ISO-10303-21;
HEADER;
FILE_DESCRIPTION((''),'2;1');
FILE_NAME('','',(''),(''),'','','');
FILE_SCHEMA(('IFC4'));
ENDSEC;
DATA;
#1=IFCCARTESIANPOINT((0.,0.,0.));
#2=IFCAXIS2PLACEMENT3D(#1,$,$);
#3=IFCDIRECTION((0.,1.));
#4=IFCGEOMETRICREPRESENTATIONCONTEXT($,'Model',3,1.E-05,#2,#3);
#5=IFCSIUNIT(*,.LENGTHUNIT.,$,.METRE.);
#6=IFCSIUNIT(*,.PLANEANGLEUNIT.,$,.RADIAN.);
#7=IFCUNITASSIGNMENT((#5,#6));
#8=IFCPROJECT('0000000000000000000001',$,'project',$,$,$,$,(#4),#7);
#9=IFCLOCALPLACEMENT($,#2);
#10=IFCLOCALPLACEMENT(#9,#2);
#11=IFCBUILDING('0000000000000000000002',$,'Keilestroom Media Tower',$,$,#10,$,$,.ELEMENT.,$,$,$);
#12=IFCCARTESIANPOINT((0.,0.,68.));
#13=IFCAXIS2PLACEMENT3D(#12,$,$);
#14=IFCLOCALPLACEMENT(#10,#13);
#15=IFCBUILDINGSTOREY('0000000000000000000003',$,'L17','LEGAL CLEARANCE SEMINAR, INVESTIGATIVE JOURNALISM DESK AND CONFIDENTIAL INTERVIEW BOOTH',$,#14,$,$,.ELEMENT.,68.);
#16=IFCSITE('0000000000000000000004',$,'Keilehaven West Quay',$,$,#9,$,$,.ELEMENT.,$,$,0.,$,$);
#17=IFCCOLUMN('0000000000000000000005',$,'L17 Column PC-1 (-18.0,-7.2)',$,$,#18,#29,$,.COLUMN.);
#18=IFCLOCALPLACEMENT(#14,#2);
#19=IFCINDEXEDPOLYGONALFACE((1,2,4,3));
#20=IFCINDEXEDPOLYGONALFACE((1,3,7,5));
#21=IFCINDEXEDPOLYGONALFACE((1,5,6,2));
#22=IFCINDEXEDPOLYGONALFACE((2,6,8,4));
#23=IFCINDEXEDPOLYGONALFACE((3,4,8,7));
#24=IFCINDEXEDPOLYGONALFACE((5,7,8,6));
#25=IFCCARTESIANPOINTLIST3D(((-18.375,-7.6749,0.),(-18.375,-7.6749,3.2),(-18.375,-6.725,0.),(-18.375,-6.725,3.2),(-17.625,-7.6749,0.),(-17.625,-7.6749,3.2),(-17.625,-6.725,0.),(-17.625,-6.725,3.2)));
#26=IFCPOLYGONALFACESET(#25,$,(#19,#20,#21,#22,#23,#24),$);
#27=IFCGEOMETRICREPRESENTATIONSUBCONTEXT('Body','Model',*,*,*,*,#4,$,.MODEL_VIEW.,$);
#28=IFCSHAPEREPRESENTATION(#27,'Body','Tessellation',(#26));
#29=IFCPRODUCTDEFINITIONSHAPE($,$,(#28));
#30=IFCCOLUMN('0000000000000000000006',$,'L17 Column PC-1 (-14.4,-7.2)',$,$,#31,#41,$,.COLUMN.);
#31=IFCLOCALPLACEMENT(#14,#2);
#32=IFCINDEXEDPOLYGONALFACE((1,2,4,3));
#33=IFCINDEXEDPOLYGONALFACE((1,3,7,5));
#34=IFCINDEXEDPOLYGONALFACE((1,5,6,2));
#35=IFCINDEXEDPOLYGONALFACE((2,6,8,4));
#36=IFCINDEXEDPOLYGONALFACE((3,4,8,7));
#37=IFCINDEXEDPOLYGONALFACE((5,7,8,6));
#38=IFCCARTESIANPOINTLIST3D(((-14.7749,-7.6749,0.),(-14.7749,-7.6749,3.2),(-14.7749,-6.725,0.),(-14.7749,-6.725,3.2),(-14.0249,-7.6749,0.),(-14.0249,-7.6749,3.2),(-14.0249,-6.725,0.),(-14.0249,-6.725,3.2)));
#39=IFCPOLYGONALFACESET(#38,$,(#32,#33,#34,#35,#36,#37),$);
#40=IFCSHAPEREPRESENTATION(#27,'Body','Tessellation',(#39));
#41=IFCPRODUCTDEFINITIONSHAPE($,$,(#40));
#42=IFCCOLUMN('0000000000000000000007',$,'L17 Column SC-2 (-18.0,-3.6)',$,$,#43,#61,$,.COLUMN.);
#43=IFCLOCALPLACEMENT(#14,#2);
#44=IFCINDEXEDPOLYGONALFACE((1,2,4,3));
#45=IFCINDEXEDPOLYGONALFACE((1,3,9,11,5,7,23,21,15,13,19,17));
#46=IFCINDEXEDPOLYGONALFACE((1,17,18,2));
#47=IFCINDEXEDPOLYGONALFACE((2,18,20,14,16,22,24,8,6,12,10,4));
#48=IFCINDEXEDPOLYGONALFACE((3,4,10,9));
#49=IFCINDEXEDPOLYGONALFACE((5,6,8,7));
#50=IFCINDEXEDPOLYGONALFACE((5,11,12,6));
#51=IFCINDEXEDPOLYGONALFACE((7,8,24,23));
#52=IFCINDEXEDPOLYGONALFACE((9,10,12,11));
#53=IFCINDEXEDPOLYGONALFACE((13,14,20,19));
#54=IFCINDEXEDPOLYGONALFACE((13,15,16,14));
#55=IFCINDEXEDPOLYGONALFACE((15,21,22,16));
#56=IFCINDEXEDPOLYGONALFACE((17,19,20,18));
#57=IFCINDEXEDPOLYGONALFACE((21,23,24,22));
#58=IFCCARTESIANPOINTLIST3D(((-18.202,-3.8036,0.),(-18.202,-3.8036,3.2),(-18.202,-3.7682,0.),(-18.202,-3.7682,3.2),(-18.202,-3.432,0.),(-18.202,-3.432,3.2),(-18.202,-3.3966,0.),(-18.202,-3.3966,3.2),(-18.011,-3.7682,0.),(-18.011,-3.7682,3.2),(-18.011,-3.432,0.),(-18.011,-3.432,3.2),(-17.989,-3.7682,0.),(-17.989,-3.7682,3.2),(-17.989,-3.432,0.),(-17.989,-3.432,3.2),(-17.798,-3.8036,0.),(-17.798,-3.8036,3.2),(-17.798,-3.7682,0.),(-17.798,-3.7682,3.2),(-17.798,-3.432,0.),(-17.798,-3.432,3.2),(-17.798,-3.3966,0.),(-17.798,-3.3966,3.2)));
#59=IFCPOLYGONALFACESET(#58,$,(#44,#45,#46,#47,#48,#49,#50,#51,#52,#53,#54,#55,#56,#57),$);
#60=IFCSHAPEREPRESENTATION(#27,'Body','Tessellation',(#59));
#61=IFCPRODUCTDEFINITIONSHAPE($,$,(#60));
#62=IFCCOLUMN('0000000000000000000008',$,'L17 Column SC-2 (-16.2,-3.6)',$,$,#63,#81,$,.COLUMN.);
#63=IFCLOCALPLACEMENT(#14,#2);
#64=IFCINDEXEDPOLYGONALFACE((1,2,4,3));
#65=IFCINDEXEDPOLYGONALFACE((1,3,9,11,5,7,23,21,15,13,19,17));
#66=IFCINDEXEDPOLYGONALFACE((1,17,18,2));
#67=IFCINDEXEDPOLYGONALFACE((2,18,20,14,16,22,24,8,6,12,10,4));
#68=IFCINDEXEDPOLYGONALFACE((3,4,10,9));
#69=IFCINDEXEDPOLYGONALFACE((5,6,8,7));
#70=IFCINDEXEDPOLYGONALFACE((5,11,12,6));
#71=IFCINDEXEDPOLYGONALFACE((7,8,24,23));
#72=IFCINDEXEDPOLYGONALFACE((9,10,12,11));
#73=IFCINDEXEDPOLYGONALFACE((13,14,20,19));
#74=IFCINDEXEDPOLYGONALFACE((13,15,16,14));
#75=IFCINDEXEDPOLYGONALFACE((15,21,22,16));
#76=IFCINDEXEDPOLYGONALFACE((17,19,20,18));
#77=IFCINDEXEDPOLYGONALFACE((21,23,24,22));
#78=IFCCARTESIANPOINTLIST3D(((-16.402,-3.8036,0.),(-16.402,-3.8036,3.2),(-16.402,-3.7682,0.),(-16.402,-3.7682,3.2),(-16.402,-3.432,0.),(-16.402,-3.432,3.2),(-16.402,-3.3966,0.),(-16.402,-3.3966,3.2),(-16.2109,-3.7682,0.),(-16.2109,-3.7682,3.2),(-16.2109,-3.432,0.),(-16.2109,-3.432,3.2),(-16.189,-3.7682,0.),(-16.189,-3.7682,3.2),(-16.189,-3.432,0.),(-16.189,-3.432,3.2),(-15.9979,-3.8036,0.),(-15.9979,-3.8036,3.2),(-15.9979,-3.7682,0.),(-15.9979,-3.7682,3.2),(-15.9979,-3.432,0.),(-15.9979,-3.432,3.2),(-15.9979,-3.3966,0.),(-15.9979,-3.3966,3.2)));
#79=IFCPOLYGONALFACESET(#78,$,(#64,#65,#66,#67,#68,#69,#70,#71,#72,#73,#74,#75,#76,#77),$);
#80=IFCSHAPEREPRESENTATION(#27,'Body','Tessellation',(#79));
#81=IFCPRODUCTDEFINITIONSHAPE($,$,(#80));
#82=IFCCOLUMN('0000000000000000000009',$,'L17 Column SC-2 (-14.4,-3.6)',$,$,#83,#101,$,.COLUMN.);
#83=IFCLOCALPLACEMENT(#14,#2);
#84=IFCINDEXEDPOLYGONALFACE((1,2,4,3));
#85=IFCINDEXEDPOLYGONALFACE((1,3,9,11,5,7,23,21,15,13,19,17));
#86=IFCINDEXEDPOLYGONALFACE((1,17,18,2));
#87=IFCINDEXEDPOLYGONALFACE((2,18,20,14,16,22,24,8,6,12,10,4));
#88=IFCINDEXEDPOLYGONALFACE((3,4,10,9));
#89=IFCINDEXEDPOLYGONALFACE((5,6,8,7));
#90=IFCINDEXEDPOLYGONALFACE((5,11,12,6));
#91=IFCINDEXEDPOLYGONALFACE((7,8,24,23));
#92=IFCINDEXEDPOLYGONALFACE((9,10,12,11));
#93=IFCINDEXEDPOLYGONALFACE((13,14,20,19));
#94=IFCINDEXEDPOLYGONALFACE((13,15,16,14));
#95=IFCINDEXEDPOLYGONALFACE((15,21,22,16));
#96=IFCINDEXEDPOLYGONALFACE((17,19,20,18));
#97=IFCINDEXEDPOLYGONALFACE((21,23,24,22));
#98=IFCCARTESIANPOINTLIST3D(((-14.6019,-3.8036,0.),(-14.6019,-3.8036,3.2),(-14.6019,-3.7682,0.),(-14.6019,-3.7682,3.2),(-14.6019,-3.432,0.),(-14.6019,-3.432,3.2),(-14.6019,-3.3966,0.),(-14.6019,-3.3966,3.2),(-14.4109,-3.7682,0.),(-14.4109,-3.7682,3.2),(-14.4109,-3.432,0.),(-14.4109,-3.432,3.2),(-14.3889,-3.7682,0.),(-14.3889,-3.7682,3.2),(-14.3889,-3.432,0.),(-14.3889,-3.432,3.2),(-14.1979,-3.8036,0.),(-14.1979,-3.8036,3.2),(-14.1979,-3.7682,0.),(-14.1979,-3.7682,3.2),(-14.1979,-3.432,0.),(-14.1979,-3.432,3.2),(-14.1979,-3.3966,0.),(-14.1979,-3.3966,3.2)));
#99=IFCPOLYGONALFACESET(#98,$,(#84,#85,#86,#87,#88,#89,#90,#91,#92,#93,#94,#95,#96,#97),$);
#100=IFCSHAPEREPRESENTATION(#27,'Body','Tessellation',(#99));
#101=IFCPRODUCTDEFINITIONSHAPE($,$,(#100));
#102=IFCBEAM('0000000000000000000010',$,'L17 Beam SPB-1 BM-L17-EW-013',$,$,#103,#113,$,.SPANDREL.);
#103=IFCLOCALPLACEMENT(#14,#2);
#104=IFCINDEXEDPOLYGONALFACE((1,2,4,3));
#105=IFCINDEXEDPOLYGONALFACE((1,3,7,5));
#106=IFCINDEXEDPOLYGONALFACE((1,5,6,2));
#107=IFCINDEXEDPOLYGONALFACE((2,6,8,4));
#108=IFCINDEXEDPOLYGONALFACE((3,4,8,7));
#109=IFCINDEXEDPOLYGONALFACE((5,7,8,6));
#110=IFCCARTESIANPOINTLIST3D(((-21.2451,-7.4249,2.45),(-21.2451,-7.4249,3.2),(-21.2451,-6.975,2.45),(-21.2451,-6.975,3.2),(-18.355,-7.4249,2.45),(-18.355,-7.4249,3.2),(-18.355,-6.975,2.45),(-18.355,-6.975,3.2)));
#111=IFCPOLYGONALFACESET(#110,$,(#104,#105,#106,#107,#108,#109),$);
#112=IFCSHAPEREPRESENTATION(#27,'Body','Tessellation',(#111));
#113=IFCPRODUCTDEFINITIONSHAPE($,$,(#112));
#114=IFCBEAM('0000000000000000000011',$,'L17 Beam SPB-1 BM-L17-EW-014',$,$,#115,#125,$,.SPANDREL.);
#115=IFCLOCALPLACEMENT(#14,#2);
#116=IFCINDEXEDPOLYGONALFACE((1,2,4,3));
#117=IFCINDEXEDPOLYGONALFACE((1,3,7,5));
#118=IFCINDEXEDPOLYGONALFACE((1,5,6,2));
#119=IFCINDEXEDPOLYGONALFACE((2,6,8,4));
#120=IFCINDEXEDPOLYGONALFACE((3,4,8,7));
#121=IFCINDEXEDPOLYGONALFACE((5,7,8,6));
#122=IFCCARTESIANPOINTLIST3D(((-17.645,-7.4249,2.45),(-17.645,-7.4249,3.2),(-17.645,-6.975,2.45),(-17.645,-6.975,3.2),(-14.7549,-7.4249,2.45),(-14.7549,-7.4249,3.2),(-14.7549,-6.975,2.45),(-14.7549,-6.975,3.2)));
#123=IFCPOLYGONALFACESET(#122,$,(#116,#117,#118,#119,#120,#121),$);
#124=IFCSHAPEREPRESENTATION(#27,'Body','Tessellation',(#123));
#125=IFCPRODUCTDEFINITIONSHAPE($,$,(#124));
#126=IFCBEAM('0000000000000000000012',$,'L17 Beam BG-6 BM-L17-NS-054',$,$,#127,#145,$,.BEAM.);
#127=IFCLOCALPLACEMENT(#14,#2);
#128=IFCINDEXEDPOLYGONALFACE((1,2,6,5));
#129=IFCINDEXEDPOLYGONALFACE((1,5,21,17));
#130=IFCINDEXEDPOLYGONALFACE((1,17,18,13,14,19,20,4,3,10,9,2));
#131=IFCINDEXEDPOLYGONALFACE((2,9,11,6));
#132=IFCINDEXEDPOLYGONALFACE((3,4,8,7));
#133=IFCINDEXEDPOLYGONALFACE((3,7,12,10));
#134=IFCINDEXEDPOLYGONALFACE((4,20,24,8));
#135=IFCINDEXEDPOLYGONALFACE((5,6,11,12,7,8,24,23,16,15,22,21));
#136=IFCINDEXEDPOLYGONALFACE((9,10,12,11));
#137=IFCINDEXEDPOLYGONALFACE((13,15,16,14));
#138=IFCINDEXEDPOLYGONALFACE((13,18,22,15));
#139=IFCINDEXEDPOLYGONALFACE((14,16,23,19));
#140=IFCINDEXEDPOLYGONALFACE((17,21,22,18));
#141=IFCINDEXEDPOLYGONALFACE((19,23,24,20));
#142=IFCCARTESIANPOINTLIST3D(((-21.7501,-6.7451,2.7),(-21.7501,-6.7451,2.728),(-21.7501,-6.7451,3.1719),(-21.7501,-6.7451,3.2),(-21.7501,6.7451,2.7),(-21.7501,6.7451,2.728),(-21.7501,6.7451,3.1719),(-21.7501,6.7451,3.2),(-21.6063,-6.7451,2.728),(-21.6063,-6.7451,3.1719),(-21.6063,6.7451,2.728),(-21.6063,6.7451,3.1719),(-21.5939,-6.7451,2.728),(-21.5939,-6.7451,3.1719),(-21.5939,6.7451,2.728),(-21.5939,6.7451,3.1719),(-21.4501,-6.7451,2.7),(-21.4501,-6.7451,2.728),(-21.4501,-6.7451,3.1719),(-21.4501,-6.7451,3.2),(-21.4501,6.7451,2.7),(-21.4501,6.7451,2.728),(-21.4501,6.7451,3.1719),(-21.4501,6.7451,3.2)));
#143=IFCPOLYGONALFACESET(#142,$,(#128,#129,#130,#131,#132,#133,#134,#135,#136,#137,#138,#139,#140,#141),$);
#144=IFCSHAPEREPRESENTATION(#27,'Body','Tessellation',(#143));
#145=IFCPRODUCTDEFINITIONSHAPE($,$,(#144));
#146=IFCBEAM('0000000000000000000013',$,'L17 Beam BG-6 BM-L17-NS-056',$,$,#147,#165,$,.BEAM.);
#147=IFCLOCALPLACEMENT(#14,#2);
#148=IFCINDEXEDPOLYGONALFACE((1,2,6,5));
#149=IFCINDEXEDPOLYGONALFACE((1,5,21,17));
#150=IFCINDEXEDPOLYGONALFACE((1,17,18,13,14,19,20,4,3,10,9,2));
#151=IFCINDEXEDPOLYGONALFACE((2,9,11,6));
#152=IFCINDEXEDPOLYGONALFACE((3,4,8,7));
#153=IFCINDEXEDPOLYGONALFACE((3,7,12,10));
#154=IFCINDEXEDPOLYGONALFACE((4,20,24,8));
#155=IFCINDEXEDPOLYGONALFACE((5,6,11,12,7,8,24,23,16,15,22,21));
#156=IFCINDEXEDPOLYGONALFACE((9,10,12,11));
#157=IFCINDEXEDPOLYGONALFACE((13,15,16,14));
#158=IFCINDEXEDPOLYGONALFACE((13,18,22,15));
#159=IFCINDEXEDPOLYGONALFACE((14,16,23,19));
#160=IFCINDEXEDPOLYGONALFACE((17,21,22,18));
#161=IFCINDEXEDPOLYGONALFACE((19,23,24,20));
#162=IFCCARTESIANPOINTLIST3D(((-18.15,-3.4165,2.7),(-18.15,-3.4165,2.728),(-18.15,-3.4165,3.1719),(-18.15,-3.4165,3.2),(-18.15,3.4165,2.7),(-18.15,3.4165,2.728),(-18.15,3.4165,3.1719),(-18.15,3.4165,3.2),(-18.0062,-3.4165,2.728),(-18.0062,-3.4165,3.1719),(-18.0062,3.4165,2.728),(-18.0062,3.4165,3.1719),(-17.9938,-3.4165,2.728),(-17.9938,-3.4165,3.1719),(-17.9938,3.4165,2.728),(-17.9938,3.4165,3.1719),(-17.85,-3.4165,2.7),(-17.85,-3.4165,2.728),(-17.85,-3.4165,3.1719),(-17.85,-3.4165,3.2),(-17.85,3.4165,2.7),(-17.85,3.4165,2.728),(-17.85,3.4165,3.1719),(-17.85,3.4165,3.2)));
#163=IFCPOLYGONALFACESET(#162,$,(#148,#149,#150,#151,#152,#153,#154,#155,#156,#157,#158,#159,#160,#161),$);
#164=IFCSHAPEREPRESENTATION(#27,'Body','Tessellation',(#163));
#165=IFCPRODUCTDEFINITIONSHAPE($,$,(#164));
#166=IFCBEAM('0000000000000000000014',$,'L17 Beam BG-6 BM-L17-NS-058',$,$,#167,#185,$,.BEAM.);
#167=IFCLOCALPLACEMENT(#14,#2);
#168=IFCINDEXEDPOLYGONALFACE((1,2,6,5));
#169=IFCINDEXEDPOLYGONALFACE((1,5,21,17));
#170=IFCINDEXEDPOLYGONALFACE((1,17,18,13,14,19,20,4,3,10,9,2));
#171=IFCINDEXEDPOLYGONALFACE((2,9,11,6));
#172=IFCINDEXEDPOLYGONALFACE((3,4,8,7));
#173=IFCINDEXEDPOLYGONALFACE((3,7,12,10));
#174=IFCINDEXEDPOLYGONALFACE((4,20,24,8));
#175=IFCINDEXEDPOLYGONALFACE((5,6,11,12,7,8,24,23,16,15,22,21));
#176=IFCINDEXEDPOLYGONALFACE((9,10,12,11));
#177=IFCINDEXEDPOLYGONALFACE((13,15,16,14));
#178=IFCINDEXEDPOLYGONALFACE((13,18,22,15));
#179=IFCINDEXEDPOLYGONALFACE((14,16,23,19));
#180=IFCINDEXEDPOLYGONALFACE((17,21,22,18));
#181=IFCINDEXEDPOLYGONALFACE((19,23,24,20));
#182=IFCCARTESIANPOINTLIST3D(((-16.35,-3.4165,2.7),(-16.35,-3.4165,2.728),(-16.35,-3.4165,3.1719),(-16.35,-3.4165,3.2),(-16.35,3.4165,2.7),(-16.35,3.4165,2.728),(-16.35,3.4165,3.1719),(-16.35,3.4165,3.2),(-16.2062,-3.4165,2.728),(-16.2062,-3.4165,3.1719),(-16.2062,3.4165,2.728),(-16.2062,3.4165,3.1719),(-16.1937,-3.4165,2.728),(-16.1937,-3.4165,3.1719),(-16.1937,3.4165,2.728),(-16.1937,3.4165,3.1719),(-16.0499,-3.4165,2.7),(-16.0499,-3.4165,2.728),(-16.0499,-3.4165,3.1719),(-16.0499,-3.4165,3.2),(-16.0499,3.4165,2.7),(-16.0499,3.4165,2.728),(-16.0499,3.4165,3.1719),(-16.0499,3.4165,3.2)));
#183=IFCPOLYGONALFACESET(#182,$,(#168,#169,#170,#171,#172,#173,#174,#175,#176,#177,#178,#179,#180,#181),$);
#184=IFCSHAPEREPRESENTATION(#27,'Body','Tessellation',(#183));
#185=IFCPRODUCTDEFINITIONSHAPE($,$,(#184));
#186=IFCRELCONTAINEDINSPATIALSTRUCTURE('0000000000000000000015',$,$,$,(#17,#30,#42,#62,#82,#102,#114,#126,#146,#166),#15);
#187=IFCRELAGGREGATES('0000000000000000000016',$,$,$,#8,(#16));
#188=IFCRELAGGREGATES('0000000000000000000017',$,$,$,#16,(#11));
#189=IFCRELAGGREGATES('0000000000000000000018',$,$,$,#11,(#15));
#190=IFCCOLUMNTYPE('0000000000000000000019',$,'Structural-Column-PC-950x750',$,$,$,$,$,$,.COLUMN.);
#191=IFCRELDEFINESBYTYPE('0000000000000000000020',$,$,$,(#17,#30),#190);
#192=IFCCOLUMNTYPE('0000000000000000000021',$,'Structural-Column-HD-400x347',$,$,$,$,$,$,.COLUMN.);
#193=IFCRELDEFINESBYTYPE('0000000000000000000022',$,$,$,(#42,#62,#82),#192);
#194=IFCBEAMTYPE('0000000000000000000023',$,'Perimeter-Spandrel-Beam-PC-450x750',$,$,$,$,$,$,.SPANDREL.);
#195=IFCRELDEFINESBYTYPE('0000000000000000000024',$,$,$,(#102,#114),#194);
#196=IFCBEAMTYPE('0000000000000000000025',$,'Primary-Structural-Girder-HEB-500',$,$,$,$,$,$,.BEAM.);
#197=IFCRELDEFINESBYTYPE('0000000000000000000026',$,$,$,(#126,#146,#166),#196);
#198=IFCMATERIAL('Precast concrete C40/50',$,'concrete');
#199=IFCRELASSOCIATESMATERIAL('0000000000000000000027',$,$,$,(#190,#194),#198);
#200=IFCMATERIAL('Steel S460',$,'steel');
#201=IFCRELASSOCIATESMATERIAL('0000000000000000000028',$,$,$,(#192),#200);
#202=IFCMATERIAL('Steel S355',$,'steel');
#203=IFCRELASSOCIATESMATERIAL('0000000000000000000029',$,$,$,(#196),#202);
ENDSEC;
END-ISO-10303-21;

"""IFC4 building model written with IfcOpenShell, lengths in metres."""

from ifc_helpers import new_model, si_unit, direction, frame, origin, origin_2d, place, context, subcontext, project, spatial, rectangle, i_section, extrude, source, transform, mapped, material, material_profile, profile_set, type_object, element, save


model = new_model("IFC4")

# Units and contexts
model_context = context("Model", 3, precision=1e-05, world=origin(), true_north=direction((0.0, 1.0)))
body_context = subcontext(model_context, "Body", "Model", "MODEL_VIEW")
ifc_project = project(units=[si_unit("LENGTHUNIT", "METRE"), si_unit("PLANEANGLEUNIT", "RADIAN")], contexts=[model_context])

# Site, building, storey
site_placement = place(None, origin())
site = spatial("IfcSite", under=ifc_project, at=site_placement, Name="Keilehaven West Quay", CompositionType="ELEMENT", RefElevation=0.0)
building_placement = place(site_placement, origin())
building = spatial("IfcBuilding", under=site, at=building_placement, Name="Keilestroom Media Tower", CompositionType="ELEMENT")
storey_placement = place(building_placement, frame((0.0, 0.0, 68.0)))
storey = spatial("IfcBuildingStorey", under=building, at=storey_placement, Name="L17", Description="LEGAL CLEARANCE SEMINAR, INVESTIGATIVE JOURNALISM DESK AND CONFIDENTIAL INTERVIEW BOOTH", CompositionType="ELEMENT", Elevation=68.0)

# Columns
ifc_material_1 = material(Name="Precast concrete C40/50", Category="concrete")
ifc_material_profile_1 = material_profile(ifc_material_1, rectangle(XDim=0.75, YDim=0.95, at=origin_2d()), Name="PC 950x750")
ifc_profile_set_1 = profile_set([ifc_material_profile_1], Name="Precast concrete C40/50")
column_type_1 = type_object("IfcColumnType", Name="Structural-Column-PC-950x750", PredefinedType="COLUMN", material=ifc_profile_set_1)
shared_shape_1 = source(origin(), body_context, "Body", "SweptSolid", [
    extrude(rectangle(XDim=0.75, YDim=0.95, at=origin_2d()), origin(), (0.0, 0.0, 1.0), 3.2),
])
for number, where, z_axis, x_axis, name in (
    (1, (-18.0, -7.2, 0.0), (0.0, 0.0, 1.0), (1.0, 0.0, 0.0), "L17 Column PC-1 (-18.0,-7.2)"),
    (2, (-14.3999, -7.2, 0.0), (0.0, 0.0, 1.0), (1.0, 0.0, 0.0), "L17 Column PC-1 (-14.4,-7.2)"),
):
    element("IfcColumn", number, at=place(storey_placement, frame(where, z_axis=z_axis, x_axis=x_axis)), inside=storey, type_object=column_type_1, Name=name, PredefinedType="COLUMN", context=body_context, shape_type="MappedRepresentation", body=[
        mapped(shared_shape_1, transform((0.0, 0.0, 0.0), x_axis=(1.0, 0.0, 0.0), y_axis=(0.0, 1.0, 0.0), z_axis=(0.0, 0.0, 1.0), scale=1.0)),
    ])
ifc_material_2 = material(Name="Steel S460", Category="steel")
ifc_material_profile_2 = material_profile(ifc_material_2, i_section(OverallWidth=0.4041, OverallDepth=0.407, WebThickness=0.022, FlangeThickness=0.0354, at=origin_2d()), Name="HD 400x347")
ifc_profile_set_2 = profile_set([ifc_material_profile_2], Name="Steel S460")
column_type_2 = type_object("IfcColumnType", Name="Structural-Column-HD-400x347", PredefinedType="COLUMN", material=ifc_profile_set_2)
shared_shape_2 = source(origin(), body_context, "Body", "SweptSolid", [
    extrude(i_section(OverallWidth=0.4041, OverallDepth=0.407, WebThickness=0.022, FlangeThickness=0.0354, at=origin_2d()), origin(), (0.0, 0.0, 1.0), 3.2),
])
for number, where, z_axis, x_axis, name in (
    (3, (-18.0, -3.6001, 0.0), (0.0, 0.0, 1.0), (1.0, 0.0, 0.0), "L17 Column SC-2 (-18.0,-3.6)"),
    (4, (-16.2, -3.6001, 0.0), (0.0, 0.0, 1.0), (1.0, 0.0, 0.0), "L17 Column SC-2 (-16.2,-3.6)"),
    (5, (-14.3999, -3.6001, 0.0), (0.0, 0.0, 1.0), (1.0, 0.0, 0.0), "L17 Column SC-2 (-14.4,-3.6)"),
):
    element("IfcColumn", number, at=place(storey_placement, frame(where, z_axis=z_axis, x_axis=x_axis)), inside=storey, type_object=column_type_2, Name=name, PredefinedType="COLUMN", context=body_context, shape_type="MappedRepresentation", body=[
        mapped(shared_shape_2, transform((0.0, 0.0, 0.0), x_axis=(1.0, 0.0, 0.0), y_axis=(0.0, 1.0, 0.0), z_axis=(0.0, 0.0, 1.0), scale=1.0)),
    ])

# Beams
ifc_material_profile_3 = material_profile(ifc_material_1, rectangle(XDim=0.45, YDim=0.75, at=origin_2d()), Name="PC 450x750")
ifc_profile_set_3 = profile_set([ifc_material_profile_3], Name="Precast concrete C40/50")
beam_type_1 = type_object("IfcBeamType", Name="Perimeter-Spandrel-Beam-PC-450x750", PredefinedType="SPANDREL", material=ifc_profile_set_3)
shared_shape_3 = source(origin(), body_context, "Body", "SweptSolid", [
    extrude(rectangle(XDim=0.45, YDim=0.75, at=origin_2d()), origin(), (0.0, 0.0, 1.0), 2.8901),
])
for number, where, z_axis, x_axis, name in (
    (6, (-21.2451, -7.2, 2.825), (1.0, 0.0, 0.0), (0.0, 1.0, 0.0), "L17 Beam SPB-1 BM-L17-EW-013"),
    (7, (-17.645, -7.2, 2.825), (1.0, 0.0, 0.0), (0.0, 1.0, 0.0), "L17 Beam SPB-1 BM-L17-EW-014"),
):
    element("IfcBeam", number, at=place(storey_placement, frame(where, z_axis=z_axis, x_axis=x_axis)), inside=storey, type_object=beam_type_1, Name=name, PredefinedType="SPANDREL", context=body_context, shape_type="MappedRepresentation", body=[
        mapped(shared_shape_3, transform((0.0, 0.0, 0.0), x_axis=(1.0, 0.0, 0.0), y_axis=(0.0, 1.0, 0.0), z_axis=(0.0, 0.0, 1.0), scale=1.0)),
    ])
ifc_material_3 = material(Name="Steel S355", Category="steel")
ifc_material_profile_4 = material_profile(ifc_material_3, i_section(OverallWidth=0.3, OverallDepth=0.5, WebThickness=0.0125, FlangeThickness=0.0281, at=origin_2d()), Name="HEB 500")
ifc_profile_set_4 = profile_set([ifc_material_profile_4], Name="Steel S355")
beam_type_2 = type_object("IfcBeamType", Name="Primary-Structural-Girder-HEB-500", PredefinedType="BEAM", material=ifc_profile_set_4)
shared_shape_4 = source(origin(), body_context, "Body", "SweptSolid", [
    extrude(i_section(OverallWidth=0.3, OverallDepth=0.5, WebThickness=0.0125, FlangeThickness=0.0281, at=origin_2d()), origin(), (0.0, 0.0, 1.0), 13.4902),
])
beam_placement = place(storey_placement, frame((-21.6001, -6.7451, 2.95), z_axis=(0.0, 1.0, 0.0), x_axis=(-1.0, 0.0, 0.0)))
element("IfcBeam", 8, at=beam_placement, inside=storey, type_object=beam_type_2, Name="L17 Beam BG-6 BM-L17-NS-054", PredefinedType="BEAM", context=body_context, shape_type="MappedRepresentation", body=[
    mapped(shared_shape_4, transform((0.0, 0.0, 0.0), x_axis=(1.0, 0.0, 0.0), y_axis=(0.0, 1.0, 0.0), z_axis=(0.0, 0.0, 1.0), scale=1.0)),
])
shared_shape_5 = source(origin(), body_context, "Body", "SweptSolid", [
    extrude(i_section(OverallWidth=0.3, OverallDepth=0.5, WebThickness=0.0125, FlangeThickness=0.0281, at=origin_2d()), origin(), (0.0, 0.0, 1.0), 6.833),
])
for number, where, z_axis, x_axis, name in (
    (9, (-18.0, -3.4165, 2.95), (0.0, 1.0, 0.0), (-1.0, 0.0, 0.0), "L17 Beam BG-6 BM-L17-NS-056"),
    (10, (-16.2, -3.4165, 2.95), (0.0, 1.0, 0.0), (-1.0, 0.0, 0.0), "L17 Beam BG-6 BM-L17-NS-058"),
):
    element("IfcBeam", number, at=place(storey_placement, frame(where, z_axis=z_axis, x_axis=x_axis)), inside=storey, type_object=beam_type_2, Name=name, PredefinedType="BEAM", context=body_context, shape_type="MappedRepresentation", body=[
        mapped(shared_shape_5, transform((0.0, 0.0, 0.0), x_axis=(1.0, 0.0, 0.0), y_axis=(0.0, 1.0, 0.0), z_axis=(0.0, 0.0, 1.0), scale=1.0)),
    ])

save(model, "model.ifc")
